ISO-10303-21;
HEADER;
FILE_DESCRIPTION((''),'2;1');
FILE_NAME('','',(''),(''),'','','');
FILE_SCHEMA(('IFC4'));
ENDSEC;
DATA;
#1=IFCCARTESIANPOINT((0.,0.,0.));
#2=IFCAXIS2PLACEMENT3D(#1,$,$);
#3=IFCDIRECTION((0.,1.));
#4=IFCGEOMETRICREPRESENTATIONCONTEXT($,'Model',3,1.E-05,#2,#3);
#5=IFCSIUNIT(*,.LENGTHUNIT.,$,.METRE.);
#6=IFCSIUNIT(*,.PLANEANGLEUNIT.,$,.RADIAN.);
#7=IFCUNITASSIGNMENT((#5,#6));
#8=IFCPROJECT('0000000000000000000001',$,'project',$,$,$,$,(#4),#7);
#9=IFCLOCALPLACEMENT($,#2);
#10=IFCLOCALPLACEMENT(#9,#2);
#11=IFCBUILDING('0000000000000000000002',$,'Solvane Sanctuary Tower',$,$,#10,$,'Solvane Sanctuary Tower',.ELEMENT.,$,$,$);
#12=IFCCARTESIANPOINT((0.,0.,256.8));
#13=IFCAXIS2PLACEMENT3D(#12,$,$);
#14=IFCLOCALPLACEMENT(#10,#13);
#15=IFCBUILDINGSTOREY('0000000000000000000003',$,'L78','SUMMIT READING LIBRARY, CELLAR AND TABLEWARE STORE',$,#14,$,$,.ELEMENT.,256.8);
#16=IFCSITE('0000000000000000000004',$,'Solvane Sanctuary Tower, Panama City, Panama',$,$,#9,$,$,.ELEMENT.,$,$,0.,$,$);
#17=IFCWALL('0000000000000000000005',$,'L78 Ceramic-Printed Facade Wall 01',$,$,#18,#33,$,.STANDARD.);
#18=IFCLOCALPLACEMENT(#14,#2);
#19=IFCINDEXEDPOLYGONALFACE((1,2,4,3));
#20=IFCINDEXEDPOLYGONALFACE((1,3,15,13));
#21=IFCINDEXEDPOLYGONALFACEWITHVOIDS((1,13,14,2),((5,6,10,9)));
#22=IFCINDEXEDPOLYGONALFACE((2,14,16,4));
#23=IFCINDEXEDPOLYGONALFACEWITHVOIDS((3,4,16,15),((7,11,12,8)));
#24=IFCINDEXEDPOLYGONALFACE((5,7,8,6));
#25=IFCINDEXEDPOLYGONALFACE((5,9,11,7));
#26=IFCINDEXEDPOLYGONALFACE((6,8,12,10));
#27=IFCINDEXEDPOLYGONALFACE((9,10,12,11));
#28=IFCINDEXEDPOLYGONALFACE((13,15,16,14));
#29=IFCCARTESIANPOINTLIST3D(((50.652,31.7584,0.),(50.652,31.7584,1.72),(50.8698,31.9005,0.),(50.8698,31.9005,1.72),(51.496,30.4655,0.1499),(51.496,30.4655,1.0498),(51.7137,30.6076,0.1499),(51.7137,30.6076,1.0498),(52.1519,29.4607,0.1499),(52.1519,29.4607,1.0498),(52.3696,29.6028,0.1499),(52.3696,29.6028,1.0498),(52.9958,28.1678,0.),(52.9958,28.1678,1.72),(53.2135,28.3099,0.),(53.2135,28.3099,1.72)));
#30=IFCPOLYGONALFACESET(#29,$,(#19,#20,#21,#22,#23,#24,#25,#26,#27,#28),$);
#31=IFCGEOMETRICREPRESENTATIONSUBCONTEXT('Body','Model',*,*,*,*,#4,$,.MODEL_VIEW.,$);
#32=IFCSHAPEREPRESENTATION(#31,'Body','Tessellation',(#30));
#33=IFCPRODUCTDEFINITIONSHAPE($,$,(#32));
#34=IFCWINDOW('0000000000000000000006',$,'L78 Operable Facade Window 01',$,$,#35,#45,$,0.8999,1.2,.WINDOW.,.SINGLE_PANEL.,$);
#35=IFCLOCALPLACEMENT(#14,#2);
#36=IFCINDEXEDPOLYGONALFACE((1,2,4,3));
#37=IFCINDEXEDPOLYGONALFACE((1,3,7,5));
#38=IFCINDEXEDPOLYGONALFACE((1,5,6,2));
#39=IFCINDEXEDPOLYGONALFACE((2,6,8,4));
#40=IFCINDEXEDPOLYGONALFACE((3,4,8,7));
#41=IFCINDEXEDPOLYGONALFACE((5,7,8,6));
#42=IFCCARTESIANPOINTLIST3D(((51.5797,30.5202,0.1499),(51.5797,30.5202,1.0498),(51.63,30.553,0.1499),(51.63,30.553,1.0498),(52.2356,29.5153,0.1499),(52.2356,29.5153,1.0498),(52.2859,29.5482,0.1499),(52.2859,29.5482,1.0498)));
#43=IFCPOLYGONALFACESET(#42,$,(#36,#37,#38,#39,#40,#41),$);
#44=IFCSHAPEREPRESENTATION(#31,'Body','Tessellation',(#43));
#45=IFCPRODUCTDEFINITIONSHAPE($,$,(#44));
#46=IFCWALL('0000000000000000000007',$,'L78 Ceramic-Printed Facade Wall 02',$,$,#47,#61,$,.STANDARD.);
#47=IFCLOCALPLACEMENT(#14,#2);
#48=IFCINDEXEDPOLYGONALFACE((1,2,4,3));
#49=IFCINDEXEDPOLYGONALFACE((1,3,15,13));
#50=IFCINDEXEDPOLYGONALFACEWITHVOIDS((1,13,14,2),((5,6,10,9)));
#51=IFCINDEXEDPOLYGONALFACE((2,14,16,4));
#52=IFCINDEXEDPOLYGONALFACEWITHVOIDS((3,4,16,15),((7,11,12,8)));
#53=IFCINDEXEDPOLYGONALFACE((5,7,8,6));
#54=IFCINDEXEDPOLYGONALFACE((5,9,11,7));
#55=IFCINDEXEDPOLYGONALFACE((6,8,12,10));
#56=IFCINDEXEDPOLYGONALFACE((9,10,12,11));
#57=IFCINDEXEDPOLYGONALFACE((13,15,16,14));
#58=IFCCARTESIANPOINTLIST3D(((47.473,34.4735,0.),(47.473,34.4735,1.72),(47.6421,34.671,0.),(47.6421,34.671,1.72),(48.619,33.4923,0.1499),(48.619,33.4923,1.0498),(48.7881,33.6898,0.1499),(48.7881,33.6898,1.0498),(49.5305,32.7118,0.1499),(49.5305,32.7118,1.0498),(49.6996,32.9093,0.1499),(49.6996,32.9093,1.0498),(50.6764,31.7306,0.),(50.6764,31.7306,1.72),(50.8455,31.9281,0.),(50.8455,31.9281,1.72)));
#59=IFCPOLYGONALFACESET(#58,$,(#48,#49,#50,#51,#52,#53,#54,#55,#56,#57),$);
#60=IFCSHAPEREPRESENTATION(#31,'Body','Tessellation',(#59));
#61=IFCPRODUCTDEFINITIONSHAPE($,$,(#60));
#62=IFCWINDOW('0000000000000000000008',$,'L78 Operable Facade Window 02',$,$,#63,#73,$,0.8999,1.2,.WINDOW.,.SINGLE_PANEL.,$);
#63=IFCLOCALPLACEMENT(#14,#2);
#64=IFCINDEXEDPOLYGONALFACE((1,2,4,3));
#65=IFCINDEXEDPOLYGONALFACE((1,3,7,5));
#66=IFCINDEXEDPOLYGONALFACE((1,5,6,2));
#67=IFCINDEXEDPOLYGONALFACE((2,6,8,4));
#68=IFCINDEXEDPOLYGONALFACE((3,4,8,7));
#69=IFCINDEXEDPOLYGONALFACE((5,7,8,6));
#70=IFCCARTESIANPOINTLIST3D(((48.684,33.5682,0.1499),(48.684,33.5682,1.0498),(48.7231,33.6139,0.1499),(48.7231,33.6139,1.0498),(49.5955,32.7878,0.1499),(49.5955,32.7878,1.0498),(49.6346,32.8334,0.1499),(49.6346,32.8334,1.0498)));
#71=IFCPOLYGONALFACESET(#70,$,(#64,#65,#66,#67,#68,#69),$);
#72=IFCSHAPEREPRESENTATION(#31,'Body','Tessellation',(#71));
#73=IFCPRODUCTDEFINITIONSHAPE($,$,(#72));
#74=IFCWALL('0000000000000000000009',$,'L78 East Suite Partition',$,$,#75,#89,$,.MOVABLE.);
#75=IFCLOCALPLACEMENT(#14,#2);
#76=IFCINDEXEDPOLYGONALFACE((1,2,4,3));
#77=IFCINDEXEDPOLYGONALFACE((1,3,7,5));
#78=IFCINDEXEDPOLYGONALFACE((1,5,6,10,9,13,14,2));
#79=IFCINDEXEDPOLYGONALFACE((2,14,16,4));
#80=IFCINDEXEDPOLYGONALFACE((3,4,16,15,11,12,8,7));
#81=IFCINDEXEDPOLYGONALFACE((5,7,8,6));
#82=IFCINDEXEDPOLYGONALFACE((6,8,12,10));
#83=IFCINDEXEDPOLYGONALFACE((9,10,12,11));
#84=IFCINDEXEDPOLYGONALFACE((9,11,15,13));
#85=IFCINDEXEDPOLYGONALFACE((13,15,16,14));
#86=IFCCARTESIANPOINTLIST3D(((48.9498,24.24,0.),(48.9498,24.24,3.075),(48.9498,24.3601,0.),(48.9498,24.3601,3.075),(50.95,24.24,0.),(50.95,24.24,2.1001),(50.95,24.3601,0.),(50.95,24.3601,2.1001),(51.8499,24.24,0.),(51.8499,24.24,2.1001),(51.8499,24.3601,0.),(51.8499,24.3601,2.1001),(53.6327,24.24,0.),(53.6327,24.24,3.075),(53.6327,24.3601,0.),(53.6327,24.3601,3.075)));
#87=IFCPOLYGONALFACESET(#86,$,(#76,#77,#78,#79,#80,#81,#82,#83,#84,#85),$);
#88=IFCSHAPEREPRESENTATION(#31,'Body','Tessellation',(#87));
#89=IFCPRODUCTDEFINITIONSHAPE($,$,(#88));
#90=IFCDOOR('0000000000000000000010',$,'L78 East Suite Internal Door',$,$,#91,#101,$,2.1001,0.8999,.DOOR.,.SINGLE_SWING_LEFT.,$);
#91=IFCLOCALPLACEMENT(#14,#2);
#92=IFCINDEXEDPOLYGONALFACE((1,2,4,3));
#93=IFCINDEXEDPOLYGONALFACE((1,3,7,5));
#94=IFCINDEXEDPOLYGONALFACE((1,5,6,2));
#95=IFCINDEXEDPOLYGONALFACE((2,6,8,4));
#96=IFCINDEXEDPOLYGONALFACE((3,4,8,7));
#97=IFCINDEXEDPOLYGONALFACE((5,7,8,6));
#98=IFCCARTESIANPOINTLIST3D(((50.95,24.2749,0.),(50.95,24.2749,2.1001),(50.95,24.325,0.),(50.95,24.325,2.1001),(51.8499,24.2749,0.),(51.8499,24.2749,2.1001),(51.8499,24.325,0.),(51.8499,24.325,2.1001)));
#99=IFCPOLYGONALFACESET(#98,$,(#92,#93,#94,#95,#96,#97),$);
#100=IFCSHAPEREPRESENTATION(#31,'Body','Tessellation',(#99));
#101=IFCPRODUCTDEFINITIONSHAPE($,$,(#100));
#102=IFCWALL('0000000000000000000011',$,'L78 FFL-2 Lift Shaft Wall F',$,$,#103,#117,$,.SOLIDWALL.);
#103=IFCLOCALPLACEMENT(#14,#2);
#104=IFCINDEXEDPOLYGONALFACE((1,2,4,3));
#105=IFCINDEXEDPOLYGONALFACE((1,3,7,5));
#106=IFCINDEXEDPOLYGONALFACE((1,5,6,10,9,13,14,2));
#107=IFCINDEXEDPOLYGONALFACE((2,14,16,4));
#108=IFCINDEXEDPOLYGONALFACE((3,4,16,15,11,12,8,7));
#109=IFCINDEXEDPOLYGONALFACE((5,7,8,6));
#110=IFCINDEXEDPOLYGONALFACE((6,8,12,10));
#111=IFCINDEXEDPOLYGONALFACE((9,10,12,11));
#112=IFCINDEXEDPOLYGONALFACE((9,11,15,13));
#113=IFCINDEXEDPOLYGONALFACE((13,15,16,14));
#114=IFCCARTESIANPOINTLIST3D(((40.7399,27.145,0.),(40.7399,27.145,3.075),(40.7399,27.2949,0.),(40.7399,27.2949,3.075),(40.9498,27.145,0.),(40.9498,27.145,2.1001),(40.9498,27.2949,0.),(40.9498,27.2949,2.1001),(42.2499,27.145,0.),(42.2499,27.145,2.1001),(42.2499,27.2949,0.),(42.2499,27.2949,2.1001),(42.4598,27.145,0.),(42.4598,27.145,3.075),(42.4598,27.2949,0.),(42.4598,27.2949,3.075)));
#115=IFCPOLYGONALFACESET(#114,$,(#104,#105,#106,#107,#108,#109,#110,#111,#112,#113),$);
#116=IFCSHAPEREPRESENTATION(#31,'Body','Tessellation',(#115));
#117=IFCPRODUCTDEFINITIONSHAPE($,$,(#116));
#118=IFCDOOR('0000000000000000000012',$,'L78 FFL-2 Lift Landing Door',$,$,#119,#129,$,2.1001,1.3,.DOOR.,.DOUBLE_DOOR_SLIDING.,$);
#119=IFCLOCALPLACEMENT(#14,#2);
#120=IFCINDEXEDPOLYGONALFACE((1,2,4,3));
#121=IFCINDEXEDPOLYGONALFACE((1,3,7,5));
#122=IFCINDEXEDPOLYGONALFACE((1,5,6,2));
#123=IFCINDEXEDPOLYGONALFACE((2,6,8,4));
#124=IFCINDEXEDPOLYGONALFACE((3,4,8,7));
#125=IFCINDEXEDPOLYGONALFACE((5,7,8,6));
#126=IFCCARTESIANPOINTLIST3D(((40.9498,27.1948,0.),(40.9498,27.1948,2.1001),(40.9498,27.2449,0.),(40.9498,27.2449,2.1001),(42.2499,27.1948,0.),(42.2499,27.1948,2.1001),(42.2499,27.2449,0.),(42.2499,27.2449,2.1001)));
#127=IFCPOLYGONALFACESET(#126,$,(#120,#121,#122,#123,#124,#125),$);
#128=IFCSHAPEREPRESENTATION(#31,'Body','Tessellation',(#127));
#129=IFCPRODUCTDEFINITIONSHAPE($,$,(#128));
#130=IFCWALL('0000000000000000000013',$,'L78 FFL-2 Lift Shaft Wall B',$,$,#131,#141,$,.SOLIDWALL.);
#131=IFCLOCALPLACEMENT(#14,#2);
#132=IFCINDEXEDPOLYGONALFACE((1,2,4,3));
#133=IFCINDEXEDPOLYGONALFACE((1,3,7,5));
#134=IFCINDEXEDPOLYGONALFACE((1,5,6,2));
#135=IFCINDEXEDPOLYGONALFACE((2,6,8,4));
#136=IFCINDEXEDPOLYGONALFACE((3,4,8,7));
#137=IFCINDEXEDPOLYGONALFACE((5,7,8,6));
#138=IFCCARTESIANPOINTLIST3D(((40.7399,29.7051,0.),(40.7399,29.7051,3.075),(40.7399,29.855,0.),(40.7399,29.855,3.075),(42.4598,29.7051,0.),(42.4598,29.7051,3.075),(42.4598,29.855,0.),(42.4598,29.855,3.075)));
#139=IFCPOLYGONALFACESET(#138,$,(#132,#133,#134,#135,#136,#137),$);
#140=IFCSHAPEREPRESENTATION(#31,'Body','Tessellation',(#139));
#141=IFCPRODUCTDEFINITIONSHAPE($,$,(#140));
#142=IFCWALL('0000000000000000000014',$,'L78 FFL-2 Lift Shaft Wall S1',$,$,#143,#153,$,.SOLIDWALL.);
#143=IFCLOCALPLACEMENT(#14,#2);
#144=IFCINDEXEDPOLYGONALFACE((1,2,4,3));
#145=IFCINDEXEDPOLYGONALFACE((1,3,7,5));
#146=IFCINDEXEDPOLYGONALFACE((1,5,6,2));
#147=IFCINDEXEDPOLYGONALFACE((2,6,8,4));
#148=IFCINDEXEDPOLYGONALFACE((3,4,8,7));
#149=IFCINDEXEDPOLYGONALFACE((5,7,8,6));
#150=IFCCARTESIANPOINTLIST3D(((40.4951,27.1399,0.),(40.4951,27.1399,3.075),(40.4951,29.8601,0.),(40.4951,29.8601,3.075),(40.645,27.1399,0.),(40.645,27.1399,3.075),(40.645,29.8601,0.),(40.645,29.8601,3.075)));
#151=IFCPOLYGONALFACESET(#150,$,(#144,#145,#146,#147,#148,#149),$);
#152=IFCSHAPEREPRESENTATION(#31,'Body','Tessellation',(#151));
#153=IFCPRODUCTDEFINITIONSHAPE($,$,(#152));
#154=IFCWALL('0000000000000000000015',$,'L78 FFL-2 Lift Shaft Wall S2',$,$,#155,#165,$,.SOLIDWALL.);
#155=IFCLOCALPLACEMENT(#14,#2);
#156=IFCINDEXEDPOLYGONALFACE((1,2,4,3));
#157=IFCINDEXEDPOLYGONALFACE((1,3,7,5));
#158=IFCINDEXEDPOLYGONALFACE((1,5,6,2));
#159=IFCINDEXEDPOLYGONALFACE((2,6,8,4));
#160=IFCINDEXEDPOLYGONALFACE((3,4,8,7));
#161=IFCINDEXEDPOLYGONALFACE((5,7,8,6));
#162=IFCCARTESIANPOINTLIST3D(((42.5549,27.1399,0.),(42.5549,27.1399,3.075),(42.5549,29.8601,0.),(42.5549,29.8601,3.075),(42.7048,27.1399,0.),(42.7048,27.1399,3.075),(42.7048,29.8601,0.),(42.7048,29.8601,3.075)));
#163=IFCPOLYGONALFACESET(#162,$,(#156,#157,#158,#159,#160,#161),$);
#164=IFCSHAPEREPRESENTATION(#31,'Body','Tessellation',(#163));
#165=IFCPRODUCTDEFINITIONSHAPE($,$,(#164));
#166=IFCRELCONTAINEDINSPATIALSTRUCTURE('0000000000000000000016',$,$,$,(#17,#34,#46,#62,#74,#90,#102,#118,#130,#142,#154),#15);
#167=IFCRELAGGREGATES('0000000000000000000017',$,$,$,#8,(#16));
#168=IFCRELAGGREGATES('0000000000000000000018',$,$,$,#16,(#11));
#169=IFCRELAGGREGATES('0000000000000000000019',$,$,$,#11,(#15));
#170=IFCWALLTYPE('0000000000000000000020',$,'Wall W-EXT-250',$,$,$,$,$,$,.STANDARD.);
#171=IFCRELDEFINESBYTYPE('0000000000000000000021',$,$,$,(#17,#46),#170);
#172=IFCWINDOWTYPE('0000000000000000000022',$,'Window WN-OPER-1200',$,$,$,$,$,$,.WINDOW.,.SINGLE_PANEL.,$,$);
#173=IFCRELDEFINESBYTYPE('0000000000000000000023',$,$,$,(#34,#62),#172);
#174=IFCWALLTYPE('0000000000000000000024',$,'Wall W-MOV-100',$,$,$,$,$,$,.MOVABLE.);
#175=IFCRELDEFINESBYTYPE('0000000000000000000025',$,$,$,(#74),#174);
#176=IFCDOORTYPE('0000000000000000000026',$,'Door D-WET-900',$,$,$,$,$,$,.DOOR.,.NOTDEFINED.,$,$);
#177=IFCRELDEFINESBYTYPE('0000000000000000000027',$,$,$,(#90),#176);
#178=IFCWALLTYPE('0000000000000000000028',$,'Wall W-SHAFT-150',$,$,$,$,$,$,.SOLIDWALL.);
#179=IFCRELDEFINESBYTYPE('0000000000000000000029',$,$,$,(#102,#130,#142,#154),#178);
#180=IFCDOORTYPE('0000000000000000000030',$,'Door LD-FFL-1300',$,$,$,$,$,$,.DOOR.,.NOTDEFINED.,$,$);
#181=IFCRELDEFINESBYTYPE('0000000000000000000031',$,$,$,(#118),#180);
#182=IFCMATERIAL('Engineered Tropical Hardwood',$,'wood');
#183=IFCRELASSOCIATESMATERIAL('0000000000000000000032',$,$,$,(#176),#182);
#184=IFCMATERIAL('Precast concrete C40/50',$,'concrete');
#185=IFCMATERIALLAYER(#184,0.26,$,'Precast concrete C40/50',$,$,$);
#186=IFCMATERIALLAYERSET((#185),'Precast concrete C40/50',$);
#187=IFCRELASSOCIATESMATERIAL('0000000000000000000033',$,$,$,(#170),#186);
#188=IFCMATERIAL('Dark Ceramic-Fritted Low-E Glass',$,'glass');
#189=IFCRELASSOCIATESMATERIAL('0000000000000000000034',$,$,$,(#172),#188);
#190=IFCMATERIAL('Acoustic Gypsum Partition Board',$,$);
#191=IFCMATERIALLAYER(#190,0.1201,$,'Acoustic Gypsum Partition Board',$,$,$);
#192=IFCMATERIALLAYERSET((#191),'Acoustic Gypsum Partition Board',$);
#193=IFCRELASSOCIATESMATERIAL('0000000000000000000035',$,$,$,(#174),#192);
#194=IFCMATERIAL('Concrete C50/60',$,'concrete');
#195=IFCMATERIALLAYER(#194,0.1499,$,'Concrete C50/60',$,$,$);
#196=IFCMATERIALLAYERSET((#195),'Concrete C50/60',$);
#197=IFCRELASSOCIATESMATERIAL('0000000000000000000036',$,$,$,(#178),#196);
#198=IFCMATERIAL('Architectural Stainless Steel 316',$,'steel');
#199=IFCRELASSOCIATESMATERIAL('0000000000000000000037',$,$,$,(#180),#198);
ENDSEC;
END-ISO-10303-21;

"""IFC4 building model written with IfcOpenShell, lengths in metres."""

from ifc_helpers import new_model, si_unit, direction, frame, frame_2d, origin, place, context, subcontext, project, spatial, rectangle, extrude, material, layer, layer_set, type_object, element, fill, save


model = new_model("IFC4")

# Units and contexts
model_context = context("Model", 3, precision=1e-05, world=origin(), true_north=direction((0.0, 1.0)))
body_context = subcontext(model_context, "Body", "Model", "MODEL_VIEW")
ifc_project = project(units=[si_unit("LENGTHUNIT", "METRE"), si_unit("PLANEANGLEUNIT", "RADIAN")], contexts=[model_context])

# Site, building, storey
site_placement = place(None, origin())
site = spatial("IfcSite", under=ifc_project, at=site_placement, Name="Solvane Sanctuary Tower, Panama City, Panama", CompositionType="ELEMENT", RefElevation=0.0)
building_placement = place(site_placement, origin())
building = spatial("IfcBuilding", under=site, at=building_placement, Name="Solvane Sanctuary Tower", LongName="Solvane Sanctuary Tower", CompositionType="ELEMENT")
storey_placement = place(building_placement, frame((0.0, 0.0, 256.8)))
storey = spatial("IfcBuildingStorey", under=building, at=storey_placement, Name="L78", Description="SUMMIT READING LIBRARY, CELLAR AND TABLEWARE STORE", CompositionType="ELEMENT", Elevation=256.8)

# Shared definitions
ifc_material_1 = material(Name="Concrete C50/60", Category="concrete")
ifc_material_2 = material(Name="Acoustic Gypsum Partition Board")

# Shared definitions
ifc_material_3 = material(Name="Architectural Stainless Steel 316", Category="steel")

# Shared definitions
ifc_material_4 = material(Name="Engineered Tropical Hardwood", Category="wood")
door_type_1 = type_object("IfcDoorType", Name="Door D-WET-900", OperationType="NOTDEFINED", PredefinedType="DOOR", material=ifc_material_4)

# Walls, openings, windows
ifc_material_5 = material(Name="Precast concrete C40/50", Category="concrete")
ifc_layer_1 = layer(ifc_material_5, 0.26, Name="Precast concrete C40/50")
ifc_layer_set_1 = layer_set([ifc_layer_1], Name="Precast concrete C40/50")
wall_type_1 = type_object("IfcWallType", Name="Wall W-EXT-250", PredefinedType="STANDARD", material=ifc_layer_set_1)
wall_1_placement = place(storey_placement, frame((53.1047, 28.2388, 0.0), z_axis=(0.0, 0.0, 1.0), x_axis=(-0.546606, 0.83739, 0.0)))
wall_1 = element("IfcWall", 1, at=wall_1_placement, inside=storey, type_object=wall_type_1, Name="L78 Ceramic-Printed Facade Wall 01", PredefinedType="STANDARD", context=body_context, shape_type="SweptSolid", body=[
    extrude(rectangle(XDim=4.2878, YDim=0.26, at=frame_2d((2.144, 0.0))), origin(), (0.0, 0.0, 1.0), 1.72),
])
opening_1_placement = place(wall_1_placement, frame((1.5439, 0.0, 0.1499)))
opening_1 = element("IfcOpeningElement", 2, at=opening_1_placement, cuts=wall_1, PredefinedType="OPENING", context=body_context, shape_type="SweptSolid", body=[
    extrude(rectangle(XDim=1.2, YDim=0.8999, at=frame_2d((0.6001, 0.45))), frame((0.0, 0.1399, 0.0), z_axis=(0.0, -1.0, 0.0), x_axis=(1.0, 0.0, 0.0)), (0.0, 0.0, 1.0), 0.28),
])
ifc_material_6 = material(Name="Dark Ceramic-Fritted Low-E Glass", Category="glass")
window_type = type_object("IfcWindowType", Name="Window WN-OPER-1200", PartitioningType="SINGLE_PANEL", PredefinedType="WINDOW", material=ifc_material_6)
window_1_placement = place(opening_1_placement, origin())
window_1 = element("IfcWindow", 3, at=window_1_placement, inside=storey, type_object=window_type, Name="L78 Operable Facade Window 01", OverallHeight=0.8999, OverallWidth=1.2, PartitioningType="SINGLE_PANEL", PredefinedType="WINDOW", context=body_context, shape_type="SweptSolid", body=[
    extrude(rectangle(XDim=1.2, YDim=0.8999, at=frame_2d((0.6001, 0.45))), frame((0.0, 0.03, 0.0), z_axis=(0.0, -1.0, 0.0), x_axis=(1.0, 0.0, 0.0)), (0.0, 0.0, 1.0), 0.0601),
])
fill(opening_1, window_1)
wall_2_placement = place(storey_placement, frame((50.761, 31.8293, 0.0), z_axis=(0.0, 0.0, 1.0), x_axis=(-0.759588, 0.650405, 0.0)))
wall_2 = element("IfcWall", 4, at=wall_2_placement, inside=storey, type_object=wall_type_1, Name="L78 Ceramic-Printed Facade Wall 02", PredefinedType="STANDARD", context=body_context, shape_type="SweptSolid", body=[
    extrude(rectangle(XDim=4.2173, YDim=0.26, at=frame_2d((2.1086, 0.0))), origin(), (0.0, 0.0, 1.0), 1.72),
])
opening_2_placement = place(wall_2_placement, frame((1.5085, 0.0, 0.1499)))
opening_2 = element("IfcOpeningElement", 5, at=opening_2_placement, cuts=wall_2, PredefinedType="OPENING", context=body_context, shape_type="SweptSolid", body=[
    extrude(rectangle(XDim=1.2, YDim=0.8999, at=frame_2d((0.6001, 0.45))), frame((0.0, 0.1399, 0.0), z_axis=(0.0, -1.0, 0.0), x_axis=(1.0, 0.0, 0.0)), (0.0, 0.0, 1.0), 0.28),
])
window_2_placement = place(opening_2_placement, origin())
window_2 = element("IfcWindow", 6, at=window_2_placement, inside=storey, type_object=window_type, Name="L78 Operable Facade Window 02", OverallHeight=0.8999, OverallWidth=1.2, PartitioningType="SINGLE_PANEL", PredefinedType="WINDOW", context=body_context, shape_type="SweptSolid", body=[
    extrude(rectangle(XDim=1.2, YDim=0.8999, at=frame_2d((0.6001, 0.45))), frame((0.0, 0.03, 0.0), z_axis=(0.0, -1.0, 0.0), x_axis=(1.0, 0.0, 0.0)), (0.0, 0.0, 1.0), 0.0601),
])
fill(opening_2, window_2)

# Walls, openings, doors
ifc_layer_2 = layer(ifc_material_2, 0.1201, Name="Acoustic Gypsum Partition Board")
ifc_layer_set_2 = layer_set([ifc_layer_2], Name="Acoustic Gypsum Partition Board")
wall_type_2 = type_object("IfcWallType", Name="Wall W-MOV-100", PredefinedType="MOVABLE", material=ifc_layer_set_2)
wall_3_placement = place(storey_placement, frame((48.95, 24.3, 0.0), z_axis=(0.0, 0.0, 1.0), x_axis=(1.0, 0.0, 0.0)))
wall_3 = element("IfcWall", 7, at=wall_3_placement, inside=storey, type_object=wall_type_2, Name="L78 East Suite Partition", PredefinedType="MOVABLE", context=body_context, shape_type="SweptSolid", body=[
    extrude(rectangle(XDim=4.6829, YDim=0.1201, at=frame_2d((2.3413, 0.0))), origin(), (0.0, 0.0, 1.0), 3.075),
])
opening_3_placement = place(wall_3_placement, frame((2.0, 0.0, 0.0)))
opening_3 = element("IfcOpeningElement", 8, at=opening_3_placement, cuts=wall_3, PredefinedType="OPENING", context=body_context, shape_type="SweptSolid", body=[
    extrude(rectangle(XDim=0.8999, YDim=2.1001, at=frame_2d((0.45, 1.05))), frame((0.0, 0.0701, 0.0), z_axis=(0.0, -1.0, 0.0), x_axis=(1.0, 0.0, 0.0)), (0.0, 0.0, 1.0), 0.1401),
])
door_1_placement = place(opening_3_placement, origin())
door_1 = element("IfcDoor", 9, at=door_1_placement, inside=storey, type_object=door_type_1, Name="L78 East Suite Internal Door", OperationType="SINGLE_SWING_LEFT", OverallHeight=2.1001, OverallWidth=0.8999, PredefinedType="DOOR", context=body_context, shape_type="SweptSolid", body=[
    extrude(rectangle(XDim=0.8999, YDim=2.1001, at=frame_2d((0.45, 1.05))), frame((0.0, 0.0249, 0.0), z_axis=(0.0, -1.0, 0.0), x_axis=(1.0, 0.0, 0.0)), (0.0, 0.0, 1.0), 0.05),
])
fill(opening_3, door_1)
ifc_layer_3 = layer(ifc_material_1, 0.1499, Name="Concrete C50/60")
ifc_layer_set_3 = layer_set([ifc_layer_3], Name="Concrete C50/60")
wall_type_3 = type_object("IfcWallType", Name="Wall W-SHAFT-150", PredefinedType="SOLIDWALL", material=ifc_layer_set_3)
wall_4_placement = place(storey_placement, frame((40.74, 27.22, 0.0), z_axis=(0.0, 0.0, 1.0), x_axis=(1.0, 0.0, 0.0)))
wall_4 = element("IfcWall", 10, at=wall_4_placement, inside=storey, type_object=wall_type_3, Name="L78 FFL-2 Lift Shaft Wall F", PredefinedType="SOLIDWALL", context=body_context, shape_type="SweptSolid", body=[
    extrude(rectangle(XDim=1.72, YDim=0.1499, at=frame_2d((0.8599, 0.0))), origin(), (0.0, 0.0, 1.0), 3.075),
])
opening_4_placement = place(wall_4_placement, frame((0.21, 0.0, 0.0)))
opening_4 = element("IfcOpeningElement", 11, at=opening_4_placement, cuts=wall_4, PredefinedType="OPENING", context=body_context, shape_type="SweptSolid", body=[
    extrude(rectangle(XDim=1.3, YDim=2.1001, at=frame_2d((0.6499, 1.05))), frame((0.0, 0.085, 0.0), z_axis=(0.0, -1.0, 0.0), x_axis=(1.0, 0.0, 0.0)), (0.0, 0.0, 1.0), 0.1699),
])
door_type_2 = type_object("IfcDoorType", Name="Door LD-FFL-1300", OperationType="NOTDEFINED", PredefinedType="DOOR", material=ifc_material_3)
door_2_placement = place(opening_4_placement, origin())
door_2 = element("IfcDoor", 12, at=door_2_placement, inside=storey, type_object=door_type_2, Name="L78 FFL-2 Lift Landing Door", OperationType="DOUBLE_DOOR_SLIDING", OverallHeight=2.1001, OverallWidth=1.3, PredefinedType="DOOR", context=body_context, shape_type="SweptSolid", body=[
    extrude(rectangle(XDim=1.3, YDim=2.1001, at=frame_2d((0.6499, 1.05))), frame((0.0, 0.0249, 0.0), z_axis=(0.0, -1.0, 0.0), x_axis=(1.0, 0.0, 0.0)), (0.0, 0.0, 1.0), 0.05),
])
fill(opening_4, door_2)

# Walls
wall_5_placement = place(storey_placement, frame((40.74, 29.78, 0.0), z_axis=(0.0, 0.0, 1.0), x_axis=(1.0, 0.0, 0.0)))
element("IfcWall", 13, at=wall_5_placement, inside=storey, type_object=wall_type_3, Name="L78 FFL-2 Lift Shaft Wall B", PredefinedType="SOLIDWALL", context=body_context, shape_type="SweptSolid", body=[
    extrude(rectangle(XDim=1.72, YDim=0.1499, at=frame_2d((0.8599, 0.0))), origin(), (0.0, 0.0, 1.0), 3.075),
])
for number, where, z_axis, x_axis, name in (
    (14, (40.5701, 27.1399, 0.0), (0.0, 0.0, 1.0), (0.0, 1.0, 0.0), "L78 FFL-2 Lift Shaft Wall S1"),
    (15, (42.6299, 27.1399, 0.0), (0.0, 0.0, 1.0), (0.0, 1.0, 0.0), "L78 FFL-2 Lift Shaft Wall S2"),
):
    element("IfcWall", number, at=place(storey_placement, frame(where, z_axis=z_axis, x_axis=x_axis)), inside=storey, type_object=wall_type_3, Name=name, PredefinedType="SOLIDWALL", context=body_context, shape_type="SweptSolid", body=[
        extrude(rectangle(XDim=2.7202, YDim=0.1499, at=frame_2d((1.3601, 0.0))), origin(), (0.0, 0.0, 1.0), 3.075),
    ])

save(model, "model.ifc")
